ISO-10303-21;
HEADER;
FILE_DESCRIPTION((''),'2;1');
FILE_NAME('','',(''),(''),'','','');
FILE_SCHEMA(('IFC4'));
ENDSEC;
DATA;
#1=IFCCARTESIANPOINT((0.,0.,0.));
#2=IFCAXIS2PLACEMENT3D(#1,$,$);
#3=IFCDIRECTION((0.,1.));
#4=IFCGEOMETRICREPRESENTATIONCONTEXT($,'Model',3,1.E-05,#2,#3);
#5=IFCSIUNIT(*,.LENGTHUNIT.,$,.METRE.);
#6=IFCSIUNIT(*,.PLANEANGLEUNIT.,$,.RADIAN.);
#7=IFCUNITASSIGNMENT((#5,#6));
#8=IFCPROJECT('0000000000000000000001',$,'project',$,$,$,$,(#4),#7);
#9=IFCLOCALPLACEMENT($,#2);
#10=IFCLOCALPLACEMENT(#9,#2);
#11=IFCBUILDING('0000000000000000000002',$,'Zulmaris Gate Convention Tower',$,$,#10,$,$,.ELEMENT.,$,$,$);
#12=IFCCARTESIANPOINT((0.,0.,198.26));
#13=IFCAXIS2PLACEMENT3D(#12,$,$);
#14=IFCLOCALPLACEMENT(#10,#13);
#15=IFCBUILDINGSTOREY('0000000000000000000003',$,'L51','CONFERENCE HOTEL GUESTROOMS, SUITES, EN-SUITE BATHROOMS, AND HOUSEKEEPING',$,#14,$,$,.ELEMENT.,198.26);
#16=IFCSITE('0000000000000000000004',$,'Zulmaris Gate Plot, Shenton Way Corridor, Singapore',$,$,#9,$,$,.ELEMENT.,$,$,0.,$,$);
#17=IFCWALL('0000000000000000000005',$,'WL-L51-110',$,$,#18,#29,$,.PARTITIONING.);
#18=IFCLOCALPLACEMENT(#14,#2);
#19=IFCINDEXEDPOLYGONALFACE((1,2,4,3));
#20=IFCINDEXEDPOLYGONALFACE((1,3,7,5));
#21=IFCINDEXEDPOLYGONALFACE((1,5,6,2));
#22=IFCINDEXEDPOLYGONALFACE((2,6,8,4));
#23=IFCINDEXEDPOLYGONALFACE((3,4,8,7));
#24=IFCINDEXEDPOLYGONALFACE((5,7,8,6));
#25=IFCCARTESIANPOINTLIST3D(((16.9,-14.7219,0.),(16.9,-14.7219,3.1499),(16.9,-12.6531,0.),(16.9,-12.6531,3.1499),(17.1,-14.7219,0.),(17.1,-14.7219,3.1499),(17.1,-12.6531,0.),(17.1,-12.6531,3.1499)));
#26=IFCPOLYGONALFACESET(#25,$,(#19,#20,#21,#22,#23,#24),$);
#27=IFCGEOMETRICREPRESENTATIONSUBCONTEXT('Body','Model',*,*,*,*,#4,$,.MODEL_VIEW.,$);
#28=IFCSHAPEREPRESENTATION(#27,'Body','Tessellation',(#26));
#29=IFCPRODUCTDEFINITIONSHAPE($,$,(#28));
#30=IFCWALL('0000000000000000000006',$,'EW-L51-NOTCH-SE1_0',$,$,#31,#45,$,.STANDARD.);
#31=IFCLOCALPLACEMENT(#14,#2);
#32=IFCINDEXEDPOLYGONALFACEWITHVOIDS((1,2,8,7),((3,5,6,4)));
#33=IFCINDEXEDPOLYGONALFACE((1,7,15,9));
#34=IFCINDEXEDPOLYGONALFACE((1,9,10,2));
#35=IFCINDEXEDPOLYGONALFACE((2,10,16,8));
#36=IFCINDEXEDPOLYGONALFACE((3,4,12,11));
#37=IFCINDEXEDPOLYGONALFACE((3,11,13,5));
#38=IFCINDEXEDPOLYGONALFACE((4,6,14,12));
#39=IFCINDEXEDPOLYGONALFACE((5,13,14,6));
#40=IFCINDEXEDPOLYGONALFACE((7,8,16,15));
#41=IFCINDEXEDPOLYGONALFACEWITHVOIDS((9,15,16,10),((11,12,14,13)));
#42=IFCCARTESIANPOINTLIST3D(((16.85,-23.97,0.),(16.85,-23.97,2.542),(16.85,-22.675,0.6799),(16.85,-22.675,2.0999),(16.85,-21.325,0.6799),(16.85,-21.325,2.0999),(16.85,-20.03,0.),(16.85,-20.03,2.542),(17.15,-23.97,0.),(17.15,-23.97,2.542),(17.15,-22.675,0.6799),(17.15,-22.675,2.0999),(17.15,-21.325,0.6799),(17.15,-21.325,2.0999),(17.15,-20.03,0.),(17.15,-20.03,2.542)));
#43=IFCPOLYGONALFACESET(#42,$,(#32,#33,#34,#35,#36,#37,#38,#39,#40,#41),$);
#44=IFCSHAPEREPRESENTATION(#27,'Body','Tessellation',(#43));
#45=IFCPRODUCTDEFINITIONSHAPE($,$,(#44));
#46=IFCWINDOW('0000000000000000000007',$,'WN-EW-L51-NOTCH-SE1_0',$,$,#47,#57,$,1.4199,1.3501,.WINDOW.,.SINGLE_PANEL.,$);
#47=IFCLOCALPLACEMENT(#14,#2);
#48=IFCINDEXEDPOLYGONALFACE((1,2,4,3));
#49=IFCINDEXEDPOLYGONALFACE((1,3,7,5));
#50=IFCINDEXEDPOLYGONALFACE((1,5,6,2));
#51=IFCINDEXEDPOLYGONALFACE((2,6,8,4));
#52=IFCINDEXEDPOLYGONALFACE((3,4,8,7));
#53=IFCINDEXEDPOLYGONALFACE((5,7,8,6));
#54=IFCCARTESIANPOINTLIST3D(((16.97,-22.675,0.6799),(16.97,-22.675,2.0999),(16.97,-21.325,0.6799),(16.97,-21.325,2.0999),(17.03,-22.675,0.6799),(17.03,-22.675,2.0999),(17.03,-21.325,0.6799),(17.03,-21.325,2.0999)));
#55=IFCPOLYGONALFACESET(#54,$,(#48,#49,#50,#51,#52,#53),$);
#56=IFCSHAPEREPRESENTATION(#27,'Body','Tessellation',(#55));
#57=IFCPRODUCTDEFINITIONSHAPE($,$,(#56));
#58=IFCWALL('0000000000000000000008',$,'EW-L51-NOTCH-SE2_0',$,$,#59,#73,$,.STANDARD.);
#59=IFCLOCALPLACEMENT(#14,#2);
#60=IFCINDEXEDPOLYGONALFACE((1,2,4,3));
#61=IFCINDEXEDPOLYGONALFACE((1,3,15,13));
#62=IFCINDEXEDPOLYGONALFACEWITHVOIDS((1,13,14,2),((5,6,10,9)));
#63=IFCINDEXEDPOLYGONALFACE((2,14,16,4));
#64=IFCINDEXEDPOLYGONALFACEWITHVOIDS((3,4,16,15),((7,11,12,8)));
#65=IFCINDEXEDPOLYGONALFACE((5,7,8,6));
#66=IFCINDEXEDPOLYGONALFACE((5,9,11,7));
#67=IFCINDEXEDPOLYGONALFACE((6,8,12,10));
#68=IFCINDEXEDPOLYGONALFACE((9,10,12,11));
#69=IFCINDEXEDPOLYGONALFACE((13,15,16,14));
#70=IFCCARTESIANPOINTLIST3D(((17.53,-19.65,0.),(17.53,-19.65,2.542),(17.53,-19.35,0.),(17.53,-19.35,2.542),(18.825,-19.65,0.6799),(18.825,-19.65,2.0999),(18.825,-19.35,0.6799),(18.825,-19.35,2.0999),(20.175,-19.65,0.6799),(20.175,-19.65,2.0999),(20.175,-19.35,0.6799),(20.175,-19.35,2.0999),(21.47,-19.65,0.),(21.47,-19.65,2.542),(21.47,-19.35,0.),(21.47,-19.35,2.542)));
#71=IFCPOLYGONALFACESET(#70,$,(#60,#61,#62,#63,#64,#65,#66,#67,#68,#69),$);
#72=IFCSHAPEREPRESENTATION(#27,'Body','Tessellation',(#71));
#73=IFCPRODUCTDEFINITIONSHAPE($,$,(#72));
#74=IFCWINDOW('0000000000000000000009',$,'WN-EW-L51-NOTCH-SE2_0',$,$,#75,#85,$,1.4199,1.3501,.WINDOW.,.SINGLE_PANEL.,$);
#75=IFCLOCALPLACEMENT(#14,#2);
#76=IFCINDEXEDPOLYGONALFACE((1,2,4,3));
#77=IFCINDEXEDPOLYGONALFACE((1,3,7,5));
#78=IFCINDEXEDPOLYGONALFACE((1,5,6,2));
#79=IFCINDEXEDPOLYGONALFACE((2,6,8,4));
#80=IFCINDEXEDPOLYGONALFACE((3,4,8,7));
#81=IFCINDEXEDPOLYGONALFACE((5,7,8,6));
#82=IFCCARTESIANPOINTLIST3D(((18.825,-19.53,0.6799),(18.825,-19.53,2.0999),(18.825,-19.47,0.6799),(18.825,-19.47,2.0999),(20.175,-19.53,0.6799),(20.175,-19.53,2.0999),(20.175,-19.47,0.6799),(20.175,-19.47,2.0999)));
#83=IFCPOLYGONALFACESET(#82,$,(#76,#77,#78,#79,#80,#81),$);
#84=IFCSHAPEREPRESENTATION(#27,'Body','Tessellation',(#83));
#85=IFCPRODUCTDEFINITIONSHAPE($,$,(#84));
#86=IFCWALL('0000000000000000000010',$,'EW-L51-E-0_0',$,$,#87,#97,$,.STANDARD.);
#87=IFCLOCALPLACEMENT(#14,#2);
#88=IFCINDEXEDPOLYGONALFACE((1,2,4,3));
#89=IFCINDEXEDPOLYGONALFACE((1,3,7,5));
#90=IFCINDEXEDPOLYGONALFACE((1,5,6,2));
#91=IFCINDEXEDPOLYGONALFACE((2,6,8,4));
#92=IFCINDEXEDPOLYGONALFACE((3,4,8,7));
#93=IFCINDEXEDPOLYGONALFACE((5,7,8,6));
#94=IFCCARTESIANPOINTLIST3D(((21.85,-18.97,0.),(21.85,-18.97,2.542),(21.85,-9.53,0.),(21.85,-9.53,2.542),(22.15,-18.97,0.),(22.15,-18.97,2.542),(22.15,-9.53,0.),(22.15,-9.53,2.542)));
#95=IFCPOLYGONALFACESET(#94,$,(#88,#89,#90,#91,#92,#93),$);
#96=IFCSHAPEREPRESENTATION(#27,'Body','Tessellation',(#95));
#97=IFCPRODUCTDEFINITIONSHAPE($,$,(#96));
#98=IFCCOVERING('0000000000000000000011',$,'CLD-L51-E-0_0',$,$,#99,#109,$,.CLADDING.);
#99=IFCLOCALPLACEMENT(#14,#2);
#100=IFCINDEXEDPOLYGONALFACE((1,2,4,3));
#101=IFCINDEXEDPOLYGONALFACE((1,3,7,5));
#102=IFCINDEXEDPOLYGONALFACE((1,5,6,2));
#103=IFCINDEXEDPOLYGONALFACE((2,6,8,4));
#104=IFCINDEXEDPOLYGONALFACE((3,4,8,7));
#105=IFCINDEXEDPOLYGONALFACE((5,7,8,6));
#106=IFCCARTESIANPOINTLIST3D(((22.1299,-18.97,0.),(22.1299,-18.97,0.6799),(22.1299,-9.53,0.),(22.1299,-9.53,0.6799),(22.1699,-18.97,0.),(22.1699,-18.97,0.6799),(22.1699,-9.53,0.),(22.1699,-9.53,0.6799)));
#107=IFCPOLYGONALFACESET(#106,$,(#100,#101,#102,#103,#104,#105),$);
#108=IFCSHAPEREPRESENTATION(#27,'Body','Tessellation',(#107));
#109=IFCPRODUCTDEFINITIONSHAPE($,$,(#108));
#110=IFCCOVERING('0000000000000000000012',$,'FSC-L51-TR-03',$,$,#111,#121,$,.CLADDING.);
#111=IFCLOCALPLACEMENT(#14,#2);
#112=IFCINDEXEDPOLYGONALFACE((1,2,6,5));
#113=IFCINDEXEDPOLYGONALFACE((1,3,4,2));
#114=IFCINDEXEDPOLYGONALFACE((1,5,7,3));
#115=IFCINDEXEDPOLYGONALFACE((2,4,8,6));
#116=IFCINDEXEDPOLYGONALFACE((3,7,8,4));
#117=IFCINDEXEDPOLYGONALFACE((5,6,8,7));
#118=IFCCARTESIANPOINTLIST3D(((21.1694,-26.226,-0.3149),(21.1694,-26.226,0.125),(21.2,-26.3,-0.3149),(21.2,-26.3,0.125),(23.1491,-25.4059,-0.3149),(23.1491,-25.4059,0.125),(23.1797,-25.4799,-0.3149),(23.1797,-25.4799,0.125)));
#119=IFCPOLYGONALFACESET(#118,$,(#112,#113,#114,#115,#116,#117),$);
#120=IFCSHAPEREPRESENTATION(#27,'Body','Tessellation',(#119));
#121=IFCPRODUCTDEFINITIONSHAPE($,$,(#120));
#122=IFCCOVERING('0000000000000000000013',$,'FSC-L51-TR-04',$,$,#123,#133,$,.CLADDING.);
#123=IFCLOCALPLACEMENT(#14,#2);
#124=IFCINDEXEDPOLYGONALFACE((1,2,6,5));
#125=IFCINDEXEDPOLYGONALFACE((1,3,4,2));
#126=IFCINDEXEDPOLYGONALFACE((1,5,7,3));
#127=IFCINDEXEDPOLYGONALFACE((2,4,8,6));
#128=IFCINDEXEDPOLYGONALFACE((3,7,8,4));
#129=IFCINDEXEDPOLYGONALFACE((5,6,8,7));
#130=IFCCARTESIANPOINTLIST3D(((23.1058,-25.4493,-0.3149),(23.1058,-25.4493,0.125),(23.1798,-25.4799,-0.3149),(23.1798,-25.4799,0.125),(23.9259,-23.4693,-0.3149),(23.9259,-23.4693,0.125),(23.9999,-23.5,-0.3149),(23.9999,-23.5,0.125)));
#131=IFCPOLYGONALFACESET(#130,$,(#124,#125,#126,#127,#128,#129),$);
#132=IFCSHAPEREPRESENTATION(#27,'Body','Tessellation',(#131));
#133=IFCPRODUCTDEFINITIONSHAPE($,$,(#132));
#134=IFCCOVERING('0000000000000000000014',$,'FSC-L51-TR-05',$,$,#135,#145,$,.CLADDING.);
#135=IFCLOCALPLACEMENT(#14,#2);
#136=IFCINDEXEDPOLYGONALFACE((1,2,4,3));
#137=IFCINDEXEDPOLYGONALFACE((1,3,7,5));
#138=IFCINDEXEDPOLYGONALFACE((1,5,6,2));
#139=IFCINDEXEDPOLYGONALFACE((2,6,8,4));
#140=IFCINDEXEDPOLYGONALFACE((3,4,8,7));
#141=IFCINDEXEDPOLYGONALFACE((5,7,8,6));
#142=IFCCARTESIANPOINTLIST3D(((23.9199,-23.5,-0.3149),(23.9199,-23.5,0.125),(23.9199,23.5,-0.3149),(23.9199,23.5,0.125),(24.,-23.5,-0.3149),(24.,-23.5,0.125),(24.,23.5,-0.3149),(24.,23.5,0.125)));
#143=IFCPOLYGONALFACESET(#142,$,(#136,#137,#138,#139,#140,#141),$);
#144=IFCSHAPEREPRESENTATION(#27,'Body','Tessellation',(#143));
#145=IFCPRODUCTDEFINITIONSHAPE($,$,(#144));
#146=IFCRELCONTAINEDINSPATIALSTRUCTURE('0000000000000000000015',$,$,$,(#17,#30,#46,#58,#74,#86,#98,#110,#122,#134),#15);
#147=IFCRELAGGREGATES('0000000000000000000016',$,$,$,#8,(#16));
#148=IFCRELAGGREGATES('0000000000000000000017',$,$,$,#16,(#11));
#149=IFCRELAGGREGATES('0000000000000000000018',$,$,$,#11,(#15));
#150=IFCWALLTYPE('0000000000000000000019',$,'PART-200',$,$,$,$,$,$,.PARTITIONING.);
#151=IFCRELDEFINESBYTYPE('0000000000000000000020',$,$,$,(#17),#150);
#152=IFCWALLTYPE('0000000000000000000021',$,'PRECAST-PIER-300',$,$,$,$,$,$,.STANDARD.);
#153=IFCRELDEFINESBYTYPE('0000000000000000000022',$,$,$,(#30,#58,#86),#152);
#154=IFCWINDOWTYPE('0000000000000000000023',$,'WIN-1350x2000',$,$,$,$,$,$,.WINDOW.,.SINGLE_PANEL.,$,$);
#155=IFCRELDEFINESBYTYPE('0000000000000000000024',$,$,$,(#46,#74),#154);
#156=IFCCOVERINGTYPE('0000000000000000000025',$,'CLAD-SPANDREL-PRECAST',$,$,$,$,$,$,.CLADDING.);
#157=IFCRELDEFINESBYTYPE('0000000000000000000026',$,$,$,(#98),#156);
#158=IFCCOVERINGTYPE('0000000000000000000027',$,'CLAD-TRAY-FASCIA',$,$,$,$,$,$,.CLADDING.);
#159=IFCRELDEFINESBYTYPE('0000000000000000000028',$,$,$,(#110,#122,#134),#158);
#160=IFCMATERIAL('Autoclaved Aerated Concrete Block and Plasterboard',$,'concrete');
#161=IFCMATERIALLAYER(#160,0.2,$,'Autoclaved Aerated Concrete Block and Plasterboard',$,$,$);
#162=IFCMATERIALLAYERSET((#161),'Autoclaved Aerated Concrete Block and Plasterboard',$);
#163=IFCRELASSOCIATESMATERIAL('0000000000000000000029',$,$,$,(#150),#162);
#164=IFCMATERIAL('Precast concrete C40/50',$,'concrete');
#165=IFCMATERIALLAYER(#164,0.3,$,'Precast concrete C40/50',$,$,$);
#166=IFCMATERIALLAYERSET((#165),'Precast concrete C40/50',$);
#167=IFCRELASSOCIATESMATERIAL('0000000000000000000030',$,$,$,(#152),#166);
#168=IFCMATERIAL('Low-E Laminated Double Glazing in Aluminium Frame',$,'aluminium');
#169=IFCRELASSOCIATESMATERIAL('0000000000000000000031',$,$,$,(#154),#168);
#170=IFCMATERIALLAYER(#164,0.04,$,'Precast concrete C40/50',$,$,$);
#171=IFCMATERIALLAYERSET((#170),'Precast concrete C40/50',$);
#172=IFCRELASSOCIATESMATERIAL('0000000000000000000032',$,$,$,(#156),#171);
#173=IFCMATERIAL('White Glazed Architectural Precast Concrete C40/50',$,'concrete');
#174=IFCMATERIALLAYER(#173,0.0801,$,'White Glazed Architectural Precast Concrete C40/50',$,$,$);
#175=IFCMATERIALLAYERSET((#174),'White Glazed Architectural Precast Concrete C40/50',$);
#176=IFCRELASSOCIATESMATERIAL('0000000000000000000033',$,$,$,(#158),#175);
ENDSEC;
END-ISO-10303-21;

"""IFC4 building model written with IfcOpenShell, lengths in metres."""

from ifc_helpers import new_model, si_unit, direction, frame, frame_2d, origin, place, context, subcontext, project, spatial, rectangle, extrude, material, layer, layer_set, type_object, element, fill, save


model = new_model("IFC4")

# Units and contexts
model_context = context("Model", 3, precision=1e-05, world=origin(), true_north=direction((0.0, 1.0)))
body_context = subcontext(model_context, "Body", "Model", "MODEL_VIEW")
ifc_project = project(units=[si_unit("LENGTHUNIT", "METRE"), si_unit("PLANEANGLEUNIT", "RADIAN")], contexts=[model_context])

# Site, building, storey
site_placement = place(None, origin())
site = spatial("IfcSite", under=ifc_project, at=site_placement, Name="Zulmaris Gate Plot, Shenton Way Corridor, Singapore", CompositionType="ELEMENT", RefElevation=0.0)
building_placement = place(site_placement, origin())
building = spatial("IfcBuilding", under=site, at=building_placement, Name="Zulmaris Gate Convention Tower", CompositionType="ELEMENT")
storey_placement = place(building_placement, frame((0.0, 0.0, 198.26)))
storey = spatial("IfcBuildingStorey", under=building, at=storey_placement, Name="L51", Description="CONFERENCE HOTEL GUESTROOMS, SUITES, EN-SUITE BATHROOMS, AND HOUSEKEEPING", CompositionType="ELEMENT", Elevation=198.26)

# Wall
ifc_material_1 = material(Name="Autoclaved Aerated Concrete Block and Plasterboard", Category="concrete")
ifc_layer_1 = layer(ifc_material_1, 0.2, Name="Autoclaved Aerated Concrete Block and Plasterboard")
ifc_layer_set_1 = layer_set([ifc_layer_1], Name="Autoclaved Aerated Concrete Block and Plasterboard")
wall_type_1 = type_object("IfcWallType", Name="PART-200", PredefinedType="PARTITIONING", material=ifc_layer_set_1)
wall_1_placement = place(storey_placement, frame((17.0, -14.7219, 0.0), z_axis=(0.0, 0.0, 1.0), x_axis=(0.0, 1.0, 0.0)))
element("IfcWall", 1, at=wall_1_placement, inside=storey, type_object=wall_type_1, Name="WL-L51-110", PredefinedType="PARTITIONING", context=body_context, shape_type="SweptSolid", body=[
    extrude(rectangle(XDim=2.0688, YDim=0.2, at=frame_2d((1.0344, 0.0))), origin(), (0.0, 0.0, 1.0), 3.1499),
])

# Walls, openings, windows
ifc_material_2 = material(Name="Precast concrete C40/50", Category="concrete")
ifc_layer_2 = layer(ifc_material_2, 0.3, Name="Precast concrete C40/50")
ifc_layer_set_2 = layer_set([ifc_layer_2], Name="Precast concrete C40/50")
wall_type_2 = type_object("IfcWallType", Name="PRECAST-PIER-300", PredefinedType="STANDARD", material=ifc_layer_set_2)
wall_2_placement = place(storey_placement, frame((17.0, -23.97, 0.0), z_axis=(0.0, 0.0, 1.0), x_axis=(0.0, 1.0, 0.0)))
wall_2 = element("IfcWall", 2, at=wall_2_placement, inside=storey, type_object=wall_type_2, Name="EW-L51-NOTCH-SE1_0", PredefinedType="STANDARD", context=body_context, shape_type="SweptSolid", body=[
    extrude(rectangle(XDim=3.9399, YDim=0.3, at=frame_2d((1.97, 0.0))), origin(), (0.0, 0.0, 1.0), 2.542),
])
opening_1_placement = place(wall_2_placement, frame((1.2949, 0.0, 0.6799)))
opening_1 = element("IfcOpeningElement", 3, at=opening_1_placement, cuts=wall_2, PredefinedType="OPENING", context=body_context, shape_type="SweptSolid", body=[
    extrude(rectangle(XDim=1.3501, YDim=1.4199, at=frame_2d((0.675, 0.71))), frame((0.0, 0.1602, 0.0), z_axis=(0.0, -1.0, 0.0), x_axis=(1.0, 0.0, 0.0)), (0.0, 0.0, 1.0), 0.3201),
])
ifc_material_3 = material(Name="Low-E Laminated Double Glazing in Aluminium Frame", Category="aluminium")
window_type = type_object("IfcWindowType", Name="WIN-1350x2000", PartitioningType="SINGLE_PANEL", PredefinedType="WINDOW", material=ifc_material_3)
window_1_placement = place(opening_1_placement, origin())
window_1 = element("IfcWindow", 4, at=window_1_placement, inside=storey, type_object=window_type, Name="WN-EW-L51-NOTCH-SE1_0", OverallHeight=1.4199, OverallWidth=1.3501, PartitioningType="SINGLE_PANEL", PredefinedType="WINDOW", context=body_context, shape_type="SweptSolid", body=[
    extrude(rectangle(XDim=1.3501, YDim=1.4199, at=frame_2d((0.675, 0.71))), frame((0.0, 0.03, 0.0), z_axis=(0.0, -1.0, 0.0), x_axis=(1.0, 0.0, 0.0)), (0.0, 0.0, 1.0), 0.0601),
])
fill(opening_1, window_1)
wall_3_placement = place(storey_placement, frame((17.53, -19.5, 0.0), z_axis=(0.0, 0.0, 1.0), x_axis=(1.0, 0.0, 0.0)))
wall_3 = element("IfcWall", 5, at=wall_3_placement, inside=storey, type_object=wall_type_2, Name="EW-L51-NOTCH-SE2_0", PredefinedType="STANDARD", context=body_context, shape_type="SweptSolid", body=[
    extrude(rectangle(XDim=3.9399, YDim=0.3, at=frame_2d((1.97, 0.0))), origin(), (0.0, 0.0, 1.0), 2.542),
])
opening_2_placement = place(wall_3_placement, frame((1.2949, 0.0, 0.6799)))
opening_2 = element("IfcOpeningElement", 6, at=opening_2_placement, cuts=wall_3, PredefinedType="OPENING", context=body_context, shape_type="SweptSolid", body=[
    extrude(rectangle(XDim=1.3501, YDim=1.4199, at=frame_2d((0.675, 0.71))), frame((0.0, 0.1602, 0.0), z_axis=(0.0, -1.0, 0.0), x_axis=(1.0, 0.0, 0.0)), (0.0, 0.0, 1.0), 0.3201),
])
window_2_placement = place(opening_2_placement, origin())
window_2 = element("IfcWindow", 7, at=window_2_placement, inside=storey, type_object=window_type, Name="WN-EW-L51-NOTCH-SE2_0", OverallHeight=1.4199, OverallWidth=1.3501, PartitioningType="SINGLE_PANEL", PredefinedType="WINDOW", context=body_context, shape_type="SweptSolid", body=[
    extrude(rectangle(XDim=1.3501, YDim=1.4199, at=frame_2d((0.675, 0.71))), frame((0.0, 0.03, 0.0), z_axis=(0.0, -1.0, 0.0), x_axis=(1.0, 0.0, 0.0)), (0.0, 0.0, 1.0), 0.0601),
])
fill(opening_2, window_2)

# Wall
wall_4_placement = place(storey_placement, frame((22.0, -18.97, 0.0), z_axis=(0.0, 0.0, 1.0), x_axis=(0.0, 1.0, 0.0)))
element("IfcWall", 8, at=wall_4_placement, inside=storey, type_object=wall_type_2, Name="EW-L51-E-0_0", PredefinedType="STANDARD", context=body_context, shape_type="SweptSolid", body=[
    extrude(rectangle(XDim=9.4399, YDim=0.3, at=frame_2d((4.72, 0.0))), origin(), (0.0, 0.0, 1.0), 2.542),
])

# Coverings
ifc_layer_3 = layer(ifc_material_2, 0.04, Name="Precast concrete C40/50")
ifc_layer_set_3 = layer_set([ifc_layer_3], Name="Precast concrete C40/50")
covering_type_1 = type_object("IfcCoveringType", Name="CLAD-SPANDREL-PRECAST", PredefinedType="CLADDING", material=ifc_layer_set_3)
covering_1_placement = place(storey_placement, frame((22.1499, -18.97, 0.0), z_axis=(0.0, 0.0, 1.0), x_axis=(0.0, 1.0, 0.0)))
element("IfcCovering", 9, at=covering_1_placement, inside=storey, type_object=covering_type_1, Name="CLD-L51-E-0_0", PredefinedType="CLADDING", context=body_context, shape_type="SweptSolid", body=[
    extrude(rectangle(XDim=9.4399, YDim=0.04, at=frame_2d((4.72, 0.0))), origin(), (0.0, 0.0, 1.0), 0.6799),
])
ifc_material_4 = material(Name="White Glazed Architectural Precast Concrete C40/50", Category="concrete")
ifc_layer_4 = layer(ifc_material_4, 0.0801, Name="White Glazed Architectural Precast Concrete C40/50")
ifc_layer_set_4 = layer_set([ifc_layer_4], Name="White Glazed Architectural Precast Concrete C40/50")
covering_type_2 = type_object("IfcCoveringType", Name="CLAD-TRAY-FASCIA", PredefinedType="CLADDING", material=ifc_layer_set_4)
covering_2_placement = place(storey_placement, frame((21.1848, -26.2629, -0.3149), z_axis=(0.0, 0.0, 1.0), x_axis=(0.923874, 0.382697, 0.0)))
element("IfcCovering", 10, at=covering_2_placement, inside=storey, type_object=covering_type_2, Name="FSC-L51-TR-03", PredefinedType="CLADDING", context=body_context, shape_type="SweptSolid", body=[
    extrude(rectangle(XDim=2.1428, YDim=0.0801, at=frame_2d((1.0713, 0.0))), origin(), (0.0, 0.0, 1.0), 0.4399),
])
covering_3_placement = place(storey_placement, frame((23.1428, -25.4646, -0.3149), z_axis=(0.0, 0.0, 1.0), x_axis=(0.382657, 0.92389, 0.0)))
element("IfcCovering", 11, at=covering_3_placement, inside=storey, type_object=covering_type_2, Name="FSC-L51-TR-04", PredefinedType="CLADDING", context=body_context, shape_type="SweptSolid", body=[
    extrude(rectangle(XDim=2.1431, YDim=0.0801, at=frame_2d((1.0715, 0.0))), origin(), (0.0, 0.0, 1.0), 0.4399),
])
covering_4_placement = place(storey_placement, frame((23.96, -23.5, -0.3149), z_axis=(0.0, 0.0, 1.0), x_axis=(0.0, 1.0, 0.0)))
element("IfcCovering", 12, at=covering_4_placement, inside=storey, type_object=covering_type_2, Name="FSC-L51-TR-05", PredefinedType="CLADDING", context=body_context, shape_type="SweptSolid", body=[
    extrude(rectangle(XDim=47.0, YDim=0.0801, at=frame_2d((23.5, 0.0))), origin(), (0.0, 0.0, 1.0), 0.4399),
])

save(model, "model.ifc")
